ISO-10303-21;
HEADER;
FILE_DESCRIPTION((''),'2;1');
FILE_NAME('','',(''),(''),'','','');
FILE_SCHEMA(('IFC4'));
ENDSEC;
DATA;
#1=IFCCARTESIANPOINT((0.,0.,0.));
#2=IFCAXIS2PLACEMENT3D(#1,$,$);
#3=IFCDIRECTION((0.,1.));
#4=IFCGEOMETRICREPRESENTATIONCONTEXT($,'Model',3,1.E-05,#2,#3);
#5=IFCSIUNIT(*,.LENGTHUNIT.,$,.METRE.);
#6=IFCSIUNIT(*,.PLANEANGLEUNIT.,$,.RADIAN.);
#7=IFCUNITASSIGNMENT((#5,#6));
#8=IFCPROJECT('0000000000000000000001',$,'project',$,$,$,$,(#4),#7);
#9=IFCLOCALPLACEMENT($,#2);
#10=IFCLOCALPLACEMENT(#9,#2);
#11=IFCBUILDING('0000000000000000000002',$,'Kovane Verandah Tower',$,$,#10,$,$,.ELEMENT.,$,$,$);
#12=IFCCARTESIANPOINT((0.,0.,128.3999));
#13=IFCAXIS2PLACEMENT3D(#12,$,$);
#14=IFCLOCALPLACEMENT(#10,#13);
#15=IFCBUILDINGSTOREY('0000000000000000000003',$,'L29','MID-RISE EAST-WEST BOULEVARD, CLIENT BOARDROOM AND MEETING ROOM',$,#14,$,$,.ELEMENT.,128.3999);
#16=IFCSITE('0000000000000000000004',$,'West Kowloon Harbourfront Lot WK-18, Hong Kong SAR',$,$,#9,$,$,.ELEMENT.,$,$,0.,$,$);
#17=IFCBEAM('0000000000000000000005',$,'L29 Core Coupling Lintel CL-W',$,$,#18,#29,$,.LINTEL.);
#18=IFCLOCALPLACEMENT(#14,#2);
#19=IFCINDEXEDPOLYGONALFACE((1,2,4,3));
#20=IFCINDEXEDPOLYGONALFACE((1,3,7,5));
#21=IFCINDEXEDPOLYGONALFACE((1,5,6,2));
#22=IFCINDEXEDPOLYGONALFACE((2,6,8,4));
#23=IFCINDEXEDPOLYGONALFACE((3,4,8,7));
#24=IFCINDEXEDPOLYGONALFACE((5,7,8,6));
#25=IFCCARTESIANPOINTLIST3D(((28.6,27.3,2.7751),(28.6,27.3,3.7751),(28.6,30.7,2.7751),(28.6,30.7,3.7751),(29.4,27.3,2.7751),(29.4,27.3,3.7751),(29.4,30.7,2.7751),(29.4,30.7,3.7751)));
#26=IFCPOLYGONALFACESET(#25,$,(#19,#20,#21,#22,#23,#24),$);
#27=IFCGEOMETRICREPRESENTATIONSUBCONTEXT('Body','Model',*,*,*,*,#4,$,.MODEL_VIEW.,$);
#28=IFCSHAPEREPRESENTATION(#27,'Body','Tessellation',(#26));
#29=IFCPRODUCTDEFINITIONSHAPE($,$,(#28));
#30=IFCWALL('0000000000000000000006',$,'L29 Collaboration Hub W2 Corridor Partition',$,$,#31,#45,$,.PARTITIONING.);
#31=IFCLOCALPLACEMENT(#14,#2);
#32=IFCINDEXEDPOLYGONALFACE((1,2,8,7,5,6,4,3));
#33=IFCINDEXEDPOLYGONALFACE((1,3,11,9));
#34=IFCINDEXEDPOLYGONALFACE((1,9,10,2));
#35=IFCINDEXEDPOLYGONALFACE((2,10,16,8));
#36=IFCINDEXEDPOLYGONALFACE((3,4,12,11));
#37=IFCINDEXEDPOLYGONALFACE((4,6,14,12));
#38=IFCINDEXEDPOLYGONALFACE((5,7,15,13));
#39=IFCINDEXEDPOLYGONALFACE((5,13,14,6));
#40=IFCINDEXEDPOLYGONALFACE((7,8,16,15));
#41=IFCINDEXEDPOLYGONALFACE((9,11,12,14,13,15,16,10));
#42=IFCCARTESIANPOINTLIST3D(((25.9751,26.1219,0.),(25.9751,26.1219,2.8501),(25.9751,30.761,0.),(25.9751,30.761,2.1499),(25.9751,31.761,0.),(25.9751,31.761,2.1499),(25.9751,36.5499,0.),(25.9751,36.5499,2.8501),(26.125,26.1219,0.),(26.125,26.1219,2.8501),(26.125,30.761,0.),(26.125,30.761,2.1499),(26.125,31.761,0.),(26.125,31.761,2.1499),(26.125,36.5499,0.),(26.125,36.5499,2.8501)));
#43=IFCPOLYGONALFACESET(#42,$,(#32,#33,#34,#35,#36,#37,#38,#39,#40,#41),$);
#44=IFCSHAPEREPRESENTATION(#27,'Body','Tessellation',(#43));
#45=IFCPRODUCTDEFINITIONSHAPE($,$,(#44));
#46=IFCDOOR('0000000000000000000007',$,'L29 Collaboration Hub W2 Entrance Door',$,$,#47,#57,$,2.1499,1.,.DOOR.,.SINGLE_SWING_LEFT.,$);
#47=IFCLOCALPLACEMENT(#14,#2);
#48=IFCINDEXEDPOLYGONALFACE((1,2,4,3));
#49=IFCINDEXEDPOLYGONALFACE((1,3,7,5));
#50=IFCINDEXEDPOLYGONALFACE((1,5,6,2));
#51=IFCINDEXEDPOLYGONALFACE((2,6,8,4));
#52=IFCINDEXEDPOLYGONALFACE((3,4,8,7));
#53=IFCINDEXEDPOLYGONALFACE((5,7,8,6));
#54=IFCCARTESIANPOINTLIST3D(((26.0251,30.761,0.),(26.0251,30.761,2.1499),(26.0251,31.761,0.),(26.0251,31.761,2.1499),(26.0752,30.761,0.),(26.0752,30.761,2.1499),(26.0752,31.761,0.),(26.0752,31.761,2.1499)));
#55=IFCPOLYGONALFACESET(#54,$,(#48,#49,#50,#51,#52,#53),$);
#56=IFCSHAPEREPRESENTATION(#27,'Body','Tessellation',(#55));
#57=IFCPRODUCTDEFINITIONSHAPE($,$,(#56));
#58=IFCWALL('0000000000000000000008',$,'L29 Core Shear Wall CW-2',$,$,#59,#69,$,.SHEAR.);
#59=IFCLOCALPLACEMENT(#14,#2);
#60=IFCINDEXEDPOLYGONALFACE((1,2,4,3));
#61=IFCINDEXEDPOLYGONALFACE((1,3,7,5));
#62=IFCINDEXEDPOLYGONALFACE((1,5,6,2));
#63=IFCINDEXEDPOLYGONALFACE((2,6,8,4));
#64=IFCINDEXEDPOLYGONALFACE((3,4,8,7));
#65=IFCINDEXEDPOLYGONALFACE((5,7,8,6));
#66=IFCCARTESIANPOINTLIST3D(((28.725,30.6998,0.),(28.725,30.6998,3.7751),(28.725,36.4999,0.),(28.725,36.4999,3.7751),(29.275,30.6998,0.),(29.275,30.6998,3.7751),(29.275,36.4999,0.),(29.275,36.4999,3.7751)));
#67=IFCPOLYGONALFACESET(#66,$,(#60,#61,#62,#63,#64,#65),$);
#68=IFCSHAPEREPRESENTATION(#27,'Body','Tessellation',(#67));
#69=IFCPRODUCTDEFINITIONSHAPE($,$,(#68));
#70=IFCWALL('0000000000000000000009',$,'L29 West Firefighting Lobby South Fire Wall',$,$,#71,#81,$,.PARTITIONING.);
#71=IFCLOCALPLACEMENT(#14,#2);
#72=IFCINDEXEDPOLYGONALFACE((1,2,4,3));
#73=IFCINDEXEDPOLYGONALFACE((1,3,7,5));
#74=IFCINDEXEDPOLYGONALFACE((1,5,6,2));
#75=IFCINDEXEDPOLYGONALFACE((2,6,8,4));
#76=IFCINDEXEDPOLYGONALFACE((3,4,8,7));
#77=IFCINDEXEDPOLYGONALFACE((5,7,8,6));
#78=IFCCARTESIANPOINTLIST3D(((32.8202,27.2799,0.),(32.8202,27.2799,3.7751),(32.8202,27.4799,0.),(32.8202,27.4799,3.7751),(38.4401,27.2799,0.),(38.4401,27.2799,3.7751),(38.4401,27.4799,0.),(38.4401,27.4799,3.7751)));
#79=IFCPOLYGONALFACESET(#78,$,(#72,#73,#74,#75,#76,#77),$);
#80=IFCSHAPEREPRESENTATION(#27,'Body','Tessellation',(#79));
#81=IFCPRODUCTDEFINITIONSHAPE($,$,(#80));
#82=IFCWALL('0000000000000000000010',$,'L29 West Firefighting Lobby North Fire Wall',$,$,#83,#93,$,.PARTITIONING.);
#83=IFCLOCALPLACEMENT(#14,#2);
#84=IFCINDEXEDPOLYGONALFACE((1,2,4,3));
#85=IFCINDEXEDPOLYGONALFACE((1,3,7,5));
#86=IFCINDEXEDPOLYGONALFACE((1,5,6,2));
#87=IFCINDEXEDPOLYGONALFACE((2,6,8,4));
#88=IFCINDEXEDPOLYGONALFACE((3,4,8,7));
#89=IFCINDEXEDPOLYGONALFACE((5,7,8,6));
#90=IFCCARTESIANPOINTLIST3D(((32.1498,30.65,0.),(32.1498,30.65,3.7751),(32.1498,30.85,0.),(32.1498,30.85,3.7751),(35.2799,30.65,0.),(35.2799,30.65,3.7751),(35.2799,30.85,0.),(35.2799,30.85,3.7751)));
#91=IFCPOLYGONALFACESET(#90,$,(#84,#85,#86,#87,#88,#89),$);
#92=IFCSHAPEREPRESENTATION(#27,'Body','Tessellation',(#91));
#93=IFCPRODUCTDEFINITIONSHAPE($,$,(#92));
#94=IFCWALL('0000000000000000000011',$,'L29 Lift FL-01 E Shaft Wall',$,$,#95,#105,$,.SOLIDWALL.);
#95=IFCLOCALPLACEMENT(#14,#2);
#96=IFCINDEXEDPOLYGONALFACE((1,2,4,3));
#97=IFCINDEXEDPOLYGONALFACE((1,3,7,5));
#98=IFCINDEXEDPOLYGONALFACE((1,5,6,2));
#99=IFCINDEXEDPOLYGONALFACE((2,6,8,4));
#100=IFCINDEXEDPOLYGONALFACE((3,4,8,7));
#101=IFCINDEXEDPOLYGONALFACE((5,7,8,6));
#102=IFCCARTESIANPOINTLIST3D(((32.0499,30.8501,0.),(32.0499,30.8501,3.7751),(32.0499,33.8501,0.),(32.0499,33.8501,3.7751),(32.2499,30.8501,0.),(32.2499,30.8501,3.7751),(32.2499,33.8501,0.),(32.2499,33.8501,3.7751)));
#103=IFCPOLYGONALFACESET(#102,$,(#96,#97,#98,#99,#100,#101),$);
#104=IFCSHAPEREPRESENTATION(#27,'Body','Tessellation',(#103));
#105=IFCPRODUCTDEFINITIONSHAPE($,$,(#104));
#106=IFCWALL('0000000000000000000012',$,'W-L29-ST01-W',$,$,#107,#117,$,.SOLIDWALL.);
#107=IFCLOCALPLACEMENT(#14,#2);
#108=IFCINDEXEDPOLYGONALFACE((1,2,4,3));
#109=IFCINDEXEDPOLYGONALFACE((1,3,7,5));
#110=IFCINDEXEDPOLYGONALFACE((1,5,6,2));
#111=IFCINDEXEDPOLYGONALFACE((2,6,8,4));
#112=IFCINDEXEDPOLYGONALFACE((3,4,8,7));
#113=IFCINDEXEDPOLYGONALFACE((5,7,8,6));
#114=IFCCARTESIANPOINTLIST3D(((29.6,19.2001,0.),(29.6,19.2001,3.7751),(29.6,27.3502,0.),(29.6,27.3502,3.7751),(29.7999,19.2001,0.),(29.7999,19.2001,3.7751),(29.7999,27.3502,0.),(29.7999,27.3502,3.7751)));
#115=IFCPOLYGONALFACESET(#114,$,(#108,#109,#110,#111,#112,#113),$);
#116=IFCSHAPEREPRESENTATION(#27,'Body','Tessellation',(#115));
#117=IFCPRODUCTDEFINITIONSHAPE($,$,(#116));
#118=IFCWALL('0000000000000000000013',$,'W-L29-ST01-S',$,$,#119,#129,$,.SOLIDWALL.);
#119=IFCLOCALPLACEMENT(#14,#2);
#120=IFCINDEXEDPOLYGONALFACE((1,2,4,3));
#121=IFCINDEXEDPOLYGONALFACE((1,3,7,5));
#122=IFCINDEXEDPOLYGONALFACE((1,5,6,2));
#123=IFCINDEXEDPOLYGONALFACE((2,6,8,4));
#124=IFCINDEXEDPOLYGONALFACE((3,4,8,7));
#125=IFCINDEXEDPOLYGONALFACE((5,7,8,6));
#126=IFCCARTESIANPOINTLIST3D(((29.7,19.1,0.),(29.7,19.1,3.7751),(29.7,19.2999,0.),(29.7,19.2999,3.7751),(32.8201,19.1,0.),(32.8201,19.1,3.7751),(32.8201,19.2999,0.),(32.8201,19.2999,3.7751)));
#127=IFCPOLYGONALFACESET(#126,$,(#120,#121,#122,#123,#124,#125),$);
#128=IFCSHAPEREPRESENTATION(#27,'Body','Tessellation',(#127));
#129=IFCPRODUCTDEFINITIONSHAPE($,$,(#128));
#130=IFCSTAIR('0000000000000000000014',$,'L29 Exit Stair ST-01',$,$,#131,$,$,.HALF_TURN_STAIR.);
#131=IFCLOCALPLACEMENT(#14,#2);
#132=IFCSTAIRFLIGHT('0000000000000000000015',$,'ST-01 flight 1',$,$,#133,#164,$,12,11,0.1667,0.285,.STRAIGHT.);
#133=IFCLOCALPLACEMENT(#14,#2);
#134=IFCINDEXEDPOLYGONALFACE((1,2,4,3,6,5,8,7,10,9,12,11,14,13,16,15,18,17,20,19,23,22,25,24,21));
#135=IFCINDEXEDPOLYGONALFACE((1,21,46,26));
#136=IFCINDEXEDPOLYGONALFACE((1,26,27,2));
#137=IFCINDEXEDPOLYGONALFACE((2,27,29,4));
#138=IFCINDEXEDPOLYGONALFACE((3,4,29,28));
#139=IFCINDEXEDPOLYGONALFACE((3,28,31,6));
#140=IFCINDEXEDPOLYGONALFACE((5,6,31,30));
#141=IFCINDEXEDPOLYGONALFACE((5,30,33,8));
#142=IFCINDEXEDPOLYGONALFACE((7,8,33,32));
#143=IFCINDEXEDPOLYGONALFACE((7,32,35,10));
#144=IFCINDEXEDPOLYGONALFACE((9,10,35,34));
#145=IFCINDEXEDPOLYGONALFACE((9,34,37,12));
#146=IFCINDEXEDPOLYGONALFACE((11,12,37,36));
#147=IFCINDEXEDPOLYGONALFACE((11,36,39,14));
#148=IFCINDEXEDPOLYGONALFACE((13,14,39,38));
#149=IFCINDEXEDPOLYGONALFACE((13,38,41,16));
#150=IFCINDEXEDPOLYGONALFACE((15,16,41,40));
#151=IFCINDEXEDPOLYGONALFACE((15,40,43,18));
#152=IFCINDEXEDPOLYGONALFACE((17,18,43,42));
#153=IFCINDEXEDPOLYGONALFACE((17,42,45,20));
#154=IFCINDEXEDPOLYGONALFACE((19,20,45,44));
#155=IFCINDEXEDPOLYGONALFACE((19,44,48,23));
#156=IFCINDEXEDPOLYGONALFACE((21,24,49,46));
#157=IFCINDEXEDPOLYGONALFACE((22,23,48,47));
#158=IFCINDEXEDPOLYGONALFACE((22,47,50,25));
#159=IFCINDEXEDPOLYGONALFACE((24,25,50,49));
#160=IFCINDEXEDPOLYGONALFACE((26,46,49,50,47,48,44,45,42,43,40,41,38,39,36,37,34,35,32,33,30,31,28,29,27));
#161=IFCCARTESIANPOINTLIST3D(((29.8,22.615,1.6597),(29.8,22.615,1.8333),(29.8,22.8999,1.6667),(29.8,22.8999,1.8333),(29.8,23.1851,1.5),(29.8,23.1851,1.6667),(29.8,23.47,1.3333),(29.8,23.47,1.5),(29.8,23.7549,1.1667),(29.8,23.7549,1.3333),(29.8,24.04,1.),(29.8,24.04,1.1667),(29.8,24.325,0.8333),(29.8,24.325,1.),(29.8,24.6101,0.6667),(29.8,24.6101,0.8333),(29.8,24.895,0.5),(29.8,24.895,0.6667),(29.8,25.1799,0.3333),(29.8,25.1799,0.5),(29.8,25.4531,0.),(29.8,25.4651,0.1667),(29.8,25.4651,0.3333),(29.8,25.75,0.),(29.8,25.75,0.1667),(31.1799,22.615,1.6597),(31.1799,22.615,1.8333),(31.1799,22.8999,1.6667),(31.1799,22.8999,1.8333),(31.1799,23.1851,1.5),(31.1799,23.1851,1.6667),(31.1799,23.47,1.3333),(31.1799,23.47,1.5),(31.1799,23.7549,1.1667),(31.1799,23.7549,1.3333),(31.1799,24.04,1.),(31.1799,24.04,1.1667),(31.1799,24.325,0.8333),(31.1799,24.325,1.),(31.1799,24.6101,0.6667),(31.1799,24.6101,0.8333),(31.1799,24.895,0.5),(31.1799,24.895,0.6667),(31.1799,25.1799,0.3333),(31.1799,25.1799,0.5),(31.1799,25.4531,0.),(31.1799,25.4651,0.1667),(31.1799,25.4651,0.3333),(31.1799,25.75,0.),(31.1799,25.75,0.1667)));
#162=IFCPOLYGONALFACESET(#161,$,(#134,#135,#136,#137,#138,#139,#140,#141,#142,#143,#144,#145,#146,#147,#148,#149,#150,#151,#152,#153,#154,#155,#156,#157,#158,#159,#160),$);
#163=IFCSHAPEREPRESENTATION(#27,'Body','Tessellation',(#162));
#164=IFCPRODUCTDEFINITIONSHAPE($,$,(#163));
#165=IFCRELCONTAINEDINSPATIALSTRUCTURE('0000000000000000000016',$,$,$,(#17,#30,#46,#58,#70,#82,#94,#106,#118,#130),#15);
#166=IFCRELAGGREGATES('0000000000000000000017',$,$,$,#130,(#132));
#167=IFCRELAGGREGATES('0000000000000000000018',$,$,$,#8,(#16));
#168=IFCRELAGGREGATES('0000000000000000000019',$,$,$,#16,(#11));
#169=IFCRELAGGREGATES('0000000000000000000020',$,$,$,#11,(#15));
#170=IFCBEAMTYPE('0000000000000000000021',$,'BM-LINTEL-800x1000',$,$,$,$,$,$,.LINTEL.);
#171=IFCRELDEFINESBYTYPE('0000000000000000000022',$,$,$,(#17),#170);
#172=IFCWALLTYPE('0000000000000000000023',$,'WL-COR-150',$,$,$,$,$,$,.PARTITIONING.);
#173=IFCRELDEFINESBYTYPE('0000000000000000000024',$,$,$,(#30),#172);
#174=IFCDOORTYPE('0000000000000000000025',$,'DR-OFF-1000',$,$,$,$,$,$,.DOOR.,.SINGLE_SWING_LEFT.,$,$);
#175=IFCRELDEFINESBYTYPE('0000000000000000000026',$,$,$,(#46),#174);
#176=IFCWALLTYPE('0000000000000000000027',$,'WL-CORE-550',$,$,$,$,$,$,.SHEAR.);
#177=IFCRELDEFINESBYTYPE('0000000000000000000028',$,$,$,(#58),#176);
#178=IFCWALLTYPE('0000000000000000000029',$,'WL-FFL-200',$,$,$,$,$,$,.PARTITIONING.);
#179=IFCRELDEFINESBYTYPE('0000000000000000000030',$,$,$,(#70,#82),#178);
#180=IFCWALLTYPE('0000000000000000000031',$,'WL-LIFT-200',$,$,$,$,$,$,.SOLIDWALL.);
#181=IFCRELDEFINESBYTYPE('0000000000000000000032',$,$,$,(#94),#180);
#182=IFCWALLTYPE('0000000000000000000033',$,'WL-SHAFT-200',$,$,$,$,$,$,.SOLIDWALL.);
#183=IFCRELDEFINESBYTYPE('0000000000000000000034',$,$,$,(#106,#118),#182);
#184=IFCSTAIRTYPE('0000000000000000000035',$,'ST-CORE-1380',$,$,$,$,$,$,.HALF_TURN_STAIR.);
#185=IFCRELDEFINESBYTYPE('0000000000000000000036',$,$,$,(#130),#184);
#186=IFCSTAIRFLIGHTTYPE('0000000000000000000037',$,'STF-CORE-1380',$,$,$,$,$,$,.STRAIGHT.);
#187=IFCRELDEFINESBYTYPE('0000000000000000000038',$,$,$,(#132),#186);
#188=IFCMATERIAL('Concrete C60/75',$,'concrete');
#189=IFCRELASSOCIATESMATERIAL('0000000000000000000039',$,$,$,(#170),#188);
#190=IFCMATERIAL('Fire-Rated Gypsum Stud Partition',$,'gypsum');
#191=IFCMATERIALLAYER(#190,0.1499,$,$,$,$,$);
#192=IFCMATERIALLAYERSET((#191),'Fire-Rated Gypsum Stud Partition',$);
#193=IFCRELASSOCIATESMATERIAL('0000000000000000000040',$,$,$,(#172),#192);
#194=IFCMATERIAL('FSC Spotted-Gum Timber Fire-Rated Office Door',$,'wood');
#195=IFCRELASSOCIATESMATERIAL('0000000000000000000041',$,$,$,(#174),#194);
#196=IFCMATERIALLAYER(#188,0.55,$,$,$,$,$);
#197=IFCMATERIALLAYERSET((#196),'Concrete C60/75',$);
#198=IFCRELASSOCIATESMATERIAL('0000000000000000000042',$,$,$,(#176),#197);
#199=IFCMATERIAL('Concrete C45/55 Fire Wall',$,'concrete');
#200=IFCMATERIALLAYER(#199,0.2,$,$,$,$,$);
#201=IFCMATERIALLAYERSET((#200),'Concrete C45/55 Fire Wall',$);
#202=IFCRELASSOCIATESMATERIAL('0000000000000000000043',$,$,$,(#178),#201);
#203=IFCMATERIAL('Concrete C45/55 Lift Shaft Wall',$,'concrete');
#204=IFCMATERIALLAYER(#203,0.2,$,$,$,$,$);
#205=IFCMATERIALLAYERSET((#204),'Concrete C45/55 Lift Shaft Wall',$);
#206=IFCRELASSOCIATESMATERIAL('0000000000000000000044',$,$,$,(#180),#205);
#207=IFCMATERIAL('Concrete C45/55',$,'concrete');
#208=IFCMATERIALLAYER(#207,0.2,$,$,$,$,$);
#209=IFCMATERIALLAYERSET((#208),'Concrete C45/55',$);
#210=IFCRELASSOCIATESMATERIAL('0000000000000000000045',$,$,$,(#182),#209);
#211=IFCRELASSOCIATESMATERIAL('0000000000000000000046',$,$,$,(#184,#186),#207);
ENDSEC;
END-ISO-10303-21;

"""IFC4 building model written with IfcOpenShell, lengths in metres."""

from ifc_helpers import new_model, si_unit, direction, frame, frame_2d, origin, origin_2d, place, context, subcontext, project, spatial, polyline, rectangle, outline, extrude, material, layer, layer_set, material_profile, profile_set, type_object, element, fill, aggregate, save


model = new_model("IFC4")

# Units and contexts
model_context = context("Model", 3, precision=1e-05, world=origin(), true_north=direction((0.0, 1.0)))
body_context = subcontext(model_context, "Body", "Model", "MODEL_VIEW")
ifc_project = project(units=[si_unit("LENGTHUNIT", "METRE"), si_unit("PLANEANGLEUNIT", "RADIAN")], contexts=[model_context])

# Site, building, storey
site_placement = place(None, origin())
site = spatial("IfcSite", under=ifc_project, at=site_placement, Name="West Kowloon Harbourfront Lot WK-18, Hong Kong SAR", CompositionType="ELEMENT", RefElevation=0.0)
building_placement = place(site_placement, origin())
building = spatial("IfcBuilding", under=site, at=building_placement, Name="Kovane Verandah Tower", CompositionType="ELEMENT")
storey_placement = place(building_placement, frame((0.0, 0.0, 128.3999)))
storey = spatial("IfcBuildingStorey", under=building, at=storey_placement, Name="L29", Description="MID-RISE EAST-WEST BOULEVARD, CLIENT BOARDROOM AND MEETING ROOM", CompositionType="ELEMENT", Elevation=128.3999)

# Beam
ifc_material_1 = material(Name="Concrete C60/75", Category="concrete")
ifc_material_profile = material_profile(ifc_material_1, rectangle(XDim=0.8, YDim=1.0, at=origin_2d()), Name="RCB800x1000")
ifc_profile_set = profile_set([ifc_material_profile], Name="Concrete C60/75")
beam_type = type_object("IfcBeamType", Name="BM-LINTEL-800x1000", PredefinedType="LINTEL", material=ifc_profile_set)
beam_placement = place(storey_placement, frame((29.0, 27.3, 3.2751), z_axis=(0.0, 1.0, 0.0), x_axis=(-1.0, 0.0, 0.0)))
element("IfcBeam", 1, at=beam_placement, inside=storey, type_object=beam_type, Name="L29 Core Coupling Lintel CL-W", PredefinedType="LINTEL", context=body_context, shape_type="SweptSolid", body=[
    extrude(rectangle(XDim=0.8, YDim=1.0, at=origin_2d()), origin(), (0.0, 0.0, 1.0), 3.3999),
])

# Wall, opening, door
ifc_material_2 = material(Name="Fire-Rated Gypsum Stud Partition", Category="gypsum")
ifc_layer_1 = layer(ifc_material_2, 0.1499)
ifc_layer_set_1 = layer_set([ifc_layer_1], Name="Fire-Rated Gypsum Stud Partition")
wall_type_1 = type_object("IfcWallType", Name="WL-COR-150", PredefinedType="PARTITIONING", material=ifc_layer_set_1)
wall_1_placement = place(storey_placement, frame((26.05, 26.1221, 0.0), z_axis=(0.0, 0.0, 1.0), x_axis=(0.0, 1.0, 0.0)))
wall_1 = element("IfcWall", 2, at=wall_1_placement, inside=storey, type_object=wall_type_1, Name="L29 Collaboration Hub W2 Corridor Partition", PredefinedType="PARTITIONING", context=body_context, shape_type="SweptSolid", body=[
    extrude(rectangle(XDim=10.428, YDim=0.1499, at=frame_2d((5.2139, 0.0))), origin(), (0.0, 0.0, 1.0), 2.8501),
])
opening_1_placement = place(wall_1_placement, frame((4.6389, 0.0, 0.0)))
opening_1 = element("IfcOpeningElement", 3, at=opening_1_placement, cuts=wall_1, PredefinedType="OPENING", context=body_context, shape_type="SweptSolid", body=[
    extrude(rectangle(XDim=1.0, YDim=2.1499, at=frame_2d((0.5, 1.075))), frame((0.0, 0.075, 0.0), z_axis=(0.0, -1.0, 0.0), x_axis=(1.0, 0.0, 0.0)), (0.0, 0.0, 1.0), 0.1499),
])
ifc_material_3 = material(Name="FSC Spotted-Gum Timber Fire-Rated Office Door", Category="wood")
door_type_1 = type_object("IfcDoorType", Name="DR-OFF-1000", OperationType="SINGLE_SWING_LEFT", PredefinedType="DOOR", material=ifc_material_3)
door_1_placement = place(opening_1_placement, origin())
door_1 = element("IfcDoor", 4, at=door_1_placement, inside=storey, type_object=door_type_1, Name="L29 Collaboration Hub W2 Entrance Door", OperationType="SINGLE_SWING_LEFT", OverallHeight=2.1499, OverallWidth=1.0, PredefinedType="DOOR", context=body_context, shape_type="SweptSolid", body=[
    extrude(rectangle(XDim=1.0, YDim=2.1499, at=frame_2d((0.5, 1.075))), frame((0.0, 0.0249, 0.0), z_axis=(0.0, -1.0, 0.0), x_axis=(1.0, 0.0, 0.0)), (0.0, 0.0, 1.0), 0.05),
])
fill(opening_1, door_1)

# Wall
ifc_layer_2 = layer(ifc_material_1, 0.55)
ifc_layer_set_2 = layer_set([ifc_layer_2], Name="Concrete C60/75")
wall_type_2 = type_object("IfcWallType", Name="WL-CORE-550", PredefinedType="SHEAR", material=ifc_layer_set_2)
wall_2_placement = place(storey_placement, frame((29.0, 30.7, 0.0), z_axis=(0.0, 0.0, 1.0), x_axis=(0.0, 1.0, 0.0)))
element("IfcWall", 5, at=wall_2_placement, inside=storey, type_object=wall_type_2, Name="L29 Core Shear Wall CW-2", PredefinedType="SHEAR", context=body_context, shape_type="SweptSolid", body=[
    extrude(rectangle(XDim=5.8, YDim=0.55, at=frame_2d((2.8999, 0.0))), origin(), (0.0, 0.0, 1.0), 3.7751),
])

# Shared definitions
ifc_material_4 = material(Name="Concrete C45/55 Fire Wall", Category="concrete")
ifc_layer_3 = layer(ifc_material_4, 0.2)
ifc_layer_set_3 = layer_set([ifc_layer_3], Name="Concrete C45/55 Fire Wall")
wall_type_3 = type_object("IfcWallType", Name="WL-FFL-200", PredefinedType="PARTITIONING", material=ifc_layer_set_3)

# Walls
wall_3_placement = place(storey_placement, frame((32.8201, 27.3799, 0.0), z_axis=(0.0, 0.0, 1.0), x_axis=(1.0, 0.0, 0.0)))
element("IfcWall", 6, at=wall_3_placement, inside=storey, type_object=wall_type_3, Name="L29 West Firefighting Lobby South Fire Wall", PredefinedType="PARTITIONING", context=body_context, shape_type="SweptSolid", body=[
    extrude(rectangle(XDim=5.6199, YDim=0.2, at=frame_2d((2.8101, 0.0))), origin(), (0.0, 0.0, 1.0), 3.7751),
])
wall_4_placement = place(storey_placement, frame((32.1499, 30.75, 0.0), z_axis=(0.0, 0.0, 1.0), x_axis=(1.0, 0.0, 0.0)))
element("IfcWall", 7, at=wall_4_placement, inside=storey, type_object=wall_type_3, Name="L29 West Firefighting Lobby North Fire Wall", PredefinedType="PARTITIONING", context=body_context, shape_type="SweptSolid", body=[
    extrude(rectangle(XDim=3.1301, YDim=0.2, at=frame_2d((1.5649, 0.0))), origin(), (0.0, 0.0, 1.0), 3.7751),
])

# Shared definitions
ifc_material_5 = material(Name="Concrete C45/55 Lift Shaft Wall", Category="concrete")
ifc_layer_4 = layer(ifc_material_5, 0.2)
ifc_layer_set_4 = layer_set([ifc_layer_4], Name="Concrete C45/55 Lift Shaft Wall")
wall_type_4 = type_object("IfcWallType", Name="WL-LIFT-200", PredefinedType="SOLIDWALL", material=ifc_layer_set_4)

# Walls
wall_5_placement = place(storey_placement, frame((32.1499, 30.8501, 0.0), z_axis=(0.0, 0.0, 1.0), x_axis=(0.0, 1.0, 0.0)))
element("IfcWall", 8, at=wall_5_placement, inside=storey, type_object=wall_type_4, Name="L29 Lift FL-01 E Shaft Wall", PredefinedType="SOLIDWALL", context=body_context, shape_type="SweptSolid", body=[
    extrude(rectangle(XDim=3.0, YDim=0.2, at=frame_2d((1.5, 0.0))), origin(), (0.0, 0.0, 1.0), 3.7751),
])
ifc_material_6 = material(Name="Concrete C45/55", Category="concrete")
ifc_layer_5 = layer(ifc_material_6, 0.2)
ifc_layer_set_5 = layer_set([ifc_layer_5], Name="Concrete C45/55")
wall_type_5 = type_object("IfcWallType", Name="WL-SHAFT-200", PredefinedType="SOLIDWALL", material=ifc_layer_set_5)
wall_6_placement = place(storey_placement, frame((29.7, 19.2, 0.0), z_axis=(0.0, 0.0, 1.0), x_axis=(0.0, 1.0, 0.0)))
element("IfcWall", 9, at=wall_6_placement, inside=storey, type_object=wall_type_5, Name="W-L29-ST01-W", PredefinedType="SOLIDWALL", context=body_context, shape_type="SweptSolid", body=[
    extrude(rectangle(XDim=8.1501, YDim=0.2, at=frame_2d((4.0752, 0.0))), origin(), (0.0, 0.0, 1.0), 3.7751),
])
wall_7_placement = place(storey_placement, frame((29.7, 19.2, 0.0), z_axis=(0.0, 0.0, 1.0), x_axis=(1.0, 0.0, 0.0)))
element("IfcWall", 10, at=wall_7_placement, inside=storey, type_object=wall_type_5, Name="W-L29-ST01-S", PredefinedType="SOLIDWALL", context=body_context, shape_type="SweptSolid", body=[
    extrude(rectangle(XDim=3.1201, YDim=0.2, at=frame_2d((1.5601, 0.0))), origin(), (0.0, 0.0, 1.0), 3.7751),
])

# Stair, stair flight
stair_type = type_object("IfcStairType", Name="ST-CORE-1380", PredefinedType="HALF_TURN_STAIR", material=ifc_material_6)
stair_placement = place(storey_placement, origin())
stair = element("IfcStair", 11, at=stair_placement, inside=storey, type_object=stair_type, Name="L29 Exit Stair ST-01", PredefinedType="HALF_TURN_STAIR")
stair_flight_type = type_object("IfcStairFlightType", Name="STF-CORE-1380", PredefinedType="STRAIGHT", material=ifc_material_6)
stair_flight_1_placement = place(storey_placement, frame((30.49, 25.75, 0.0), z_axis=(0.0, 0.0, 1.0), x_axis=(0.0, -1.0, 0.0)))
stair_flight_1 = element("IfcStairFlight", 12, at=stair_flight_1_placement, type_object=stair_flight_type, Name="ST-01 flight 1", NumberOfRisers=12, NumberOfTreads=11, PredefinedType="STRAIGHT", RiserHeight=0.1667, TreadLength=0.285, context=body_context, shape_type="SweptSolid", body=[
    extrude(outline(polyline([(0.0, 0.0), (0.0, 0.1667), (0.2849, 0.1667), (0.2849, 0.3333), (0.5701, 0.3333), (0.5701, 0.5), (0.855, 0.5), (0.855, 0.6667), (1.1399, 0.6667), (1.1399, 0.8333), (1.425, 0.8333), (1.425, 1.0), (1.71, 1.0), (1.71, 1.1667), (1.9951, 1.1667), (1.9951, 1.3333), (2.28, 1.3333), (2.28, 1.5), (2.5649, 1.5), (2.5649, 1.6667), (2.8501, 1.6667), (2.8501, 1.8333), (3.135, 1.8333), (3.135, 2.0), (3.135, 1.6597), (0.2969, 0.0), (0.0, 0.0)])), frame((0.0, 0.6899, 0.0), z_axis=(0.0, -1.0, 0.0), x_axis=(1.0, 0.0, 0.0)), (0.0, 0.0, 1.0), 1.3799),
])
aggregate(stair, [stair_flight_1])

save(model, "model.ifc")
